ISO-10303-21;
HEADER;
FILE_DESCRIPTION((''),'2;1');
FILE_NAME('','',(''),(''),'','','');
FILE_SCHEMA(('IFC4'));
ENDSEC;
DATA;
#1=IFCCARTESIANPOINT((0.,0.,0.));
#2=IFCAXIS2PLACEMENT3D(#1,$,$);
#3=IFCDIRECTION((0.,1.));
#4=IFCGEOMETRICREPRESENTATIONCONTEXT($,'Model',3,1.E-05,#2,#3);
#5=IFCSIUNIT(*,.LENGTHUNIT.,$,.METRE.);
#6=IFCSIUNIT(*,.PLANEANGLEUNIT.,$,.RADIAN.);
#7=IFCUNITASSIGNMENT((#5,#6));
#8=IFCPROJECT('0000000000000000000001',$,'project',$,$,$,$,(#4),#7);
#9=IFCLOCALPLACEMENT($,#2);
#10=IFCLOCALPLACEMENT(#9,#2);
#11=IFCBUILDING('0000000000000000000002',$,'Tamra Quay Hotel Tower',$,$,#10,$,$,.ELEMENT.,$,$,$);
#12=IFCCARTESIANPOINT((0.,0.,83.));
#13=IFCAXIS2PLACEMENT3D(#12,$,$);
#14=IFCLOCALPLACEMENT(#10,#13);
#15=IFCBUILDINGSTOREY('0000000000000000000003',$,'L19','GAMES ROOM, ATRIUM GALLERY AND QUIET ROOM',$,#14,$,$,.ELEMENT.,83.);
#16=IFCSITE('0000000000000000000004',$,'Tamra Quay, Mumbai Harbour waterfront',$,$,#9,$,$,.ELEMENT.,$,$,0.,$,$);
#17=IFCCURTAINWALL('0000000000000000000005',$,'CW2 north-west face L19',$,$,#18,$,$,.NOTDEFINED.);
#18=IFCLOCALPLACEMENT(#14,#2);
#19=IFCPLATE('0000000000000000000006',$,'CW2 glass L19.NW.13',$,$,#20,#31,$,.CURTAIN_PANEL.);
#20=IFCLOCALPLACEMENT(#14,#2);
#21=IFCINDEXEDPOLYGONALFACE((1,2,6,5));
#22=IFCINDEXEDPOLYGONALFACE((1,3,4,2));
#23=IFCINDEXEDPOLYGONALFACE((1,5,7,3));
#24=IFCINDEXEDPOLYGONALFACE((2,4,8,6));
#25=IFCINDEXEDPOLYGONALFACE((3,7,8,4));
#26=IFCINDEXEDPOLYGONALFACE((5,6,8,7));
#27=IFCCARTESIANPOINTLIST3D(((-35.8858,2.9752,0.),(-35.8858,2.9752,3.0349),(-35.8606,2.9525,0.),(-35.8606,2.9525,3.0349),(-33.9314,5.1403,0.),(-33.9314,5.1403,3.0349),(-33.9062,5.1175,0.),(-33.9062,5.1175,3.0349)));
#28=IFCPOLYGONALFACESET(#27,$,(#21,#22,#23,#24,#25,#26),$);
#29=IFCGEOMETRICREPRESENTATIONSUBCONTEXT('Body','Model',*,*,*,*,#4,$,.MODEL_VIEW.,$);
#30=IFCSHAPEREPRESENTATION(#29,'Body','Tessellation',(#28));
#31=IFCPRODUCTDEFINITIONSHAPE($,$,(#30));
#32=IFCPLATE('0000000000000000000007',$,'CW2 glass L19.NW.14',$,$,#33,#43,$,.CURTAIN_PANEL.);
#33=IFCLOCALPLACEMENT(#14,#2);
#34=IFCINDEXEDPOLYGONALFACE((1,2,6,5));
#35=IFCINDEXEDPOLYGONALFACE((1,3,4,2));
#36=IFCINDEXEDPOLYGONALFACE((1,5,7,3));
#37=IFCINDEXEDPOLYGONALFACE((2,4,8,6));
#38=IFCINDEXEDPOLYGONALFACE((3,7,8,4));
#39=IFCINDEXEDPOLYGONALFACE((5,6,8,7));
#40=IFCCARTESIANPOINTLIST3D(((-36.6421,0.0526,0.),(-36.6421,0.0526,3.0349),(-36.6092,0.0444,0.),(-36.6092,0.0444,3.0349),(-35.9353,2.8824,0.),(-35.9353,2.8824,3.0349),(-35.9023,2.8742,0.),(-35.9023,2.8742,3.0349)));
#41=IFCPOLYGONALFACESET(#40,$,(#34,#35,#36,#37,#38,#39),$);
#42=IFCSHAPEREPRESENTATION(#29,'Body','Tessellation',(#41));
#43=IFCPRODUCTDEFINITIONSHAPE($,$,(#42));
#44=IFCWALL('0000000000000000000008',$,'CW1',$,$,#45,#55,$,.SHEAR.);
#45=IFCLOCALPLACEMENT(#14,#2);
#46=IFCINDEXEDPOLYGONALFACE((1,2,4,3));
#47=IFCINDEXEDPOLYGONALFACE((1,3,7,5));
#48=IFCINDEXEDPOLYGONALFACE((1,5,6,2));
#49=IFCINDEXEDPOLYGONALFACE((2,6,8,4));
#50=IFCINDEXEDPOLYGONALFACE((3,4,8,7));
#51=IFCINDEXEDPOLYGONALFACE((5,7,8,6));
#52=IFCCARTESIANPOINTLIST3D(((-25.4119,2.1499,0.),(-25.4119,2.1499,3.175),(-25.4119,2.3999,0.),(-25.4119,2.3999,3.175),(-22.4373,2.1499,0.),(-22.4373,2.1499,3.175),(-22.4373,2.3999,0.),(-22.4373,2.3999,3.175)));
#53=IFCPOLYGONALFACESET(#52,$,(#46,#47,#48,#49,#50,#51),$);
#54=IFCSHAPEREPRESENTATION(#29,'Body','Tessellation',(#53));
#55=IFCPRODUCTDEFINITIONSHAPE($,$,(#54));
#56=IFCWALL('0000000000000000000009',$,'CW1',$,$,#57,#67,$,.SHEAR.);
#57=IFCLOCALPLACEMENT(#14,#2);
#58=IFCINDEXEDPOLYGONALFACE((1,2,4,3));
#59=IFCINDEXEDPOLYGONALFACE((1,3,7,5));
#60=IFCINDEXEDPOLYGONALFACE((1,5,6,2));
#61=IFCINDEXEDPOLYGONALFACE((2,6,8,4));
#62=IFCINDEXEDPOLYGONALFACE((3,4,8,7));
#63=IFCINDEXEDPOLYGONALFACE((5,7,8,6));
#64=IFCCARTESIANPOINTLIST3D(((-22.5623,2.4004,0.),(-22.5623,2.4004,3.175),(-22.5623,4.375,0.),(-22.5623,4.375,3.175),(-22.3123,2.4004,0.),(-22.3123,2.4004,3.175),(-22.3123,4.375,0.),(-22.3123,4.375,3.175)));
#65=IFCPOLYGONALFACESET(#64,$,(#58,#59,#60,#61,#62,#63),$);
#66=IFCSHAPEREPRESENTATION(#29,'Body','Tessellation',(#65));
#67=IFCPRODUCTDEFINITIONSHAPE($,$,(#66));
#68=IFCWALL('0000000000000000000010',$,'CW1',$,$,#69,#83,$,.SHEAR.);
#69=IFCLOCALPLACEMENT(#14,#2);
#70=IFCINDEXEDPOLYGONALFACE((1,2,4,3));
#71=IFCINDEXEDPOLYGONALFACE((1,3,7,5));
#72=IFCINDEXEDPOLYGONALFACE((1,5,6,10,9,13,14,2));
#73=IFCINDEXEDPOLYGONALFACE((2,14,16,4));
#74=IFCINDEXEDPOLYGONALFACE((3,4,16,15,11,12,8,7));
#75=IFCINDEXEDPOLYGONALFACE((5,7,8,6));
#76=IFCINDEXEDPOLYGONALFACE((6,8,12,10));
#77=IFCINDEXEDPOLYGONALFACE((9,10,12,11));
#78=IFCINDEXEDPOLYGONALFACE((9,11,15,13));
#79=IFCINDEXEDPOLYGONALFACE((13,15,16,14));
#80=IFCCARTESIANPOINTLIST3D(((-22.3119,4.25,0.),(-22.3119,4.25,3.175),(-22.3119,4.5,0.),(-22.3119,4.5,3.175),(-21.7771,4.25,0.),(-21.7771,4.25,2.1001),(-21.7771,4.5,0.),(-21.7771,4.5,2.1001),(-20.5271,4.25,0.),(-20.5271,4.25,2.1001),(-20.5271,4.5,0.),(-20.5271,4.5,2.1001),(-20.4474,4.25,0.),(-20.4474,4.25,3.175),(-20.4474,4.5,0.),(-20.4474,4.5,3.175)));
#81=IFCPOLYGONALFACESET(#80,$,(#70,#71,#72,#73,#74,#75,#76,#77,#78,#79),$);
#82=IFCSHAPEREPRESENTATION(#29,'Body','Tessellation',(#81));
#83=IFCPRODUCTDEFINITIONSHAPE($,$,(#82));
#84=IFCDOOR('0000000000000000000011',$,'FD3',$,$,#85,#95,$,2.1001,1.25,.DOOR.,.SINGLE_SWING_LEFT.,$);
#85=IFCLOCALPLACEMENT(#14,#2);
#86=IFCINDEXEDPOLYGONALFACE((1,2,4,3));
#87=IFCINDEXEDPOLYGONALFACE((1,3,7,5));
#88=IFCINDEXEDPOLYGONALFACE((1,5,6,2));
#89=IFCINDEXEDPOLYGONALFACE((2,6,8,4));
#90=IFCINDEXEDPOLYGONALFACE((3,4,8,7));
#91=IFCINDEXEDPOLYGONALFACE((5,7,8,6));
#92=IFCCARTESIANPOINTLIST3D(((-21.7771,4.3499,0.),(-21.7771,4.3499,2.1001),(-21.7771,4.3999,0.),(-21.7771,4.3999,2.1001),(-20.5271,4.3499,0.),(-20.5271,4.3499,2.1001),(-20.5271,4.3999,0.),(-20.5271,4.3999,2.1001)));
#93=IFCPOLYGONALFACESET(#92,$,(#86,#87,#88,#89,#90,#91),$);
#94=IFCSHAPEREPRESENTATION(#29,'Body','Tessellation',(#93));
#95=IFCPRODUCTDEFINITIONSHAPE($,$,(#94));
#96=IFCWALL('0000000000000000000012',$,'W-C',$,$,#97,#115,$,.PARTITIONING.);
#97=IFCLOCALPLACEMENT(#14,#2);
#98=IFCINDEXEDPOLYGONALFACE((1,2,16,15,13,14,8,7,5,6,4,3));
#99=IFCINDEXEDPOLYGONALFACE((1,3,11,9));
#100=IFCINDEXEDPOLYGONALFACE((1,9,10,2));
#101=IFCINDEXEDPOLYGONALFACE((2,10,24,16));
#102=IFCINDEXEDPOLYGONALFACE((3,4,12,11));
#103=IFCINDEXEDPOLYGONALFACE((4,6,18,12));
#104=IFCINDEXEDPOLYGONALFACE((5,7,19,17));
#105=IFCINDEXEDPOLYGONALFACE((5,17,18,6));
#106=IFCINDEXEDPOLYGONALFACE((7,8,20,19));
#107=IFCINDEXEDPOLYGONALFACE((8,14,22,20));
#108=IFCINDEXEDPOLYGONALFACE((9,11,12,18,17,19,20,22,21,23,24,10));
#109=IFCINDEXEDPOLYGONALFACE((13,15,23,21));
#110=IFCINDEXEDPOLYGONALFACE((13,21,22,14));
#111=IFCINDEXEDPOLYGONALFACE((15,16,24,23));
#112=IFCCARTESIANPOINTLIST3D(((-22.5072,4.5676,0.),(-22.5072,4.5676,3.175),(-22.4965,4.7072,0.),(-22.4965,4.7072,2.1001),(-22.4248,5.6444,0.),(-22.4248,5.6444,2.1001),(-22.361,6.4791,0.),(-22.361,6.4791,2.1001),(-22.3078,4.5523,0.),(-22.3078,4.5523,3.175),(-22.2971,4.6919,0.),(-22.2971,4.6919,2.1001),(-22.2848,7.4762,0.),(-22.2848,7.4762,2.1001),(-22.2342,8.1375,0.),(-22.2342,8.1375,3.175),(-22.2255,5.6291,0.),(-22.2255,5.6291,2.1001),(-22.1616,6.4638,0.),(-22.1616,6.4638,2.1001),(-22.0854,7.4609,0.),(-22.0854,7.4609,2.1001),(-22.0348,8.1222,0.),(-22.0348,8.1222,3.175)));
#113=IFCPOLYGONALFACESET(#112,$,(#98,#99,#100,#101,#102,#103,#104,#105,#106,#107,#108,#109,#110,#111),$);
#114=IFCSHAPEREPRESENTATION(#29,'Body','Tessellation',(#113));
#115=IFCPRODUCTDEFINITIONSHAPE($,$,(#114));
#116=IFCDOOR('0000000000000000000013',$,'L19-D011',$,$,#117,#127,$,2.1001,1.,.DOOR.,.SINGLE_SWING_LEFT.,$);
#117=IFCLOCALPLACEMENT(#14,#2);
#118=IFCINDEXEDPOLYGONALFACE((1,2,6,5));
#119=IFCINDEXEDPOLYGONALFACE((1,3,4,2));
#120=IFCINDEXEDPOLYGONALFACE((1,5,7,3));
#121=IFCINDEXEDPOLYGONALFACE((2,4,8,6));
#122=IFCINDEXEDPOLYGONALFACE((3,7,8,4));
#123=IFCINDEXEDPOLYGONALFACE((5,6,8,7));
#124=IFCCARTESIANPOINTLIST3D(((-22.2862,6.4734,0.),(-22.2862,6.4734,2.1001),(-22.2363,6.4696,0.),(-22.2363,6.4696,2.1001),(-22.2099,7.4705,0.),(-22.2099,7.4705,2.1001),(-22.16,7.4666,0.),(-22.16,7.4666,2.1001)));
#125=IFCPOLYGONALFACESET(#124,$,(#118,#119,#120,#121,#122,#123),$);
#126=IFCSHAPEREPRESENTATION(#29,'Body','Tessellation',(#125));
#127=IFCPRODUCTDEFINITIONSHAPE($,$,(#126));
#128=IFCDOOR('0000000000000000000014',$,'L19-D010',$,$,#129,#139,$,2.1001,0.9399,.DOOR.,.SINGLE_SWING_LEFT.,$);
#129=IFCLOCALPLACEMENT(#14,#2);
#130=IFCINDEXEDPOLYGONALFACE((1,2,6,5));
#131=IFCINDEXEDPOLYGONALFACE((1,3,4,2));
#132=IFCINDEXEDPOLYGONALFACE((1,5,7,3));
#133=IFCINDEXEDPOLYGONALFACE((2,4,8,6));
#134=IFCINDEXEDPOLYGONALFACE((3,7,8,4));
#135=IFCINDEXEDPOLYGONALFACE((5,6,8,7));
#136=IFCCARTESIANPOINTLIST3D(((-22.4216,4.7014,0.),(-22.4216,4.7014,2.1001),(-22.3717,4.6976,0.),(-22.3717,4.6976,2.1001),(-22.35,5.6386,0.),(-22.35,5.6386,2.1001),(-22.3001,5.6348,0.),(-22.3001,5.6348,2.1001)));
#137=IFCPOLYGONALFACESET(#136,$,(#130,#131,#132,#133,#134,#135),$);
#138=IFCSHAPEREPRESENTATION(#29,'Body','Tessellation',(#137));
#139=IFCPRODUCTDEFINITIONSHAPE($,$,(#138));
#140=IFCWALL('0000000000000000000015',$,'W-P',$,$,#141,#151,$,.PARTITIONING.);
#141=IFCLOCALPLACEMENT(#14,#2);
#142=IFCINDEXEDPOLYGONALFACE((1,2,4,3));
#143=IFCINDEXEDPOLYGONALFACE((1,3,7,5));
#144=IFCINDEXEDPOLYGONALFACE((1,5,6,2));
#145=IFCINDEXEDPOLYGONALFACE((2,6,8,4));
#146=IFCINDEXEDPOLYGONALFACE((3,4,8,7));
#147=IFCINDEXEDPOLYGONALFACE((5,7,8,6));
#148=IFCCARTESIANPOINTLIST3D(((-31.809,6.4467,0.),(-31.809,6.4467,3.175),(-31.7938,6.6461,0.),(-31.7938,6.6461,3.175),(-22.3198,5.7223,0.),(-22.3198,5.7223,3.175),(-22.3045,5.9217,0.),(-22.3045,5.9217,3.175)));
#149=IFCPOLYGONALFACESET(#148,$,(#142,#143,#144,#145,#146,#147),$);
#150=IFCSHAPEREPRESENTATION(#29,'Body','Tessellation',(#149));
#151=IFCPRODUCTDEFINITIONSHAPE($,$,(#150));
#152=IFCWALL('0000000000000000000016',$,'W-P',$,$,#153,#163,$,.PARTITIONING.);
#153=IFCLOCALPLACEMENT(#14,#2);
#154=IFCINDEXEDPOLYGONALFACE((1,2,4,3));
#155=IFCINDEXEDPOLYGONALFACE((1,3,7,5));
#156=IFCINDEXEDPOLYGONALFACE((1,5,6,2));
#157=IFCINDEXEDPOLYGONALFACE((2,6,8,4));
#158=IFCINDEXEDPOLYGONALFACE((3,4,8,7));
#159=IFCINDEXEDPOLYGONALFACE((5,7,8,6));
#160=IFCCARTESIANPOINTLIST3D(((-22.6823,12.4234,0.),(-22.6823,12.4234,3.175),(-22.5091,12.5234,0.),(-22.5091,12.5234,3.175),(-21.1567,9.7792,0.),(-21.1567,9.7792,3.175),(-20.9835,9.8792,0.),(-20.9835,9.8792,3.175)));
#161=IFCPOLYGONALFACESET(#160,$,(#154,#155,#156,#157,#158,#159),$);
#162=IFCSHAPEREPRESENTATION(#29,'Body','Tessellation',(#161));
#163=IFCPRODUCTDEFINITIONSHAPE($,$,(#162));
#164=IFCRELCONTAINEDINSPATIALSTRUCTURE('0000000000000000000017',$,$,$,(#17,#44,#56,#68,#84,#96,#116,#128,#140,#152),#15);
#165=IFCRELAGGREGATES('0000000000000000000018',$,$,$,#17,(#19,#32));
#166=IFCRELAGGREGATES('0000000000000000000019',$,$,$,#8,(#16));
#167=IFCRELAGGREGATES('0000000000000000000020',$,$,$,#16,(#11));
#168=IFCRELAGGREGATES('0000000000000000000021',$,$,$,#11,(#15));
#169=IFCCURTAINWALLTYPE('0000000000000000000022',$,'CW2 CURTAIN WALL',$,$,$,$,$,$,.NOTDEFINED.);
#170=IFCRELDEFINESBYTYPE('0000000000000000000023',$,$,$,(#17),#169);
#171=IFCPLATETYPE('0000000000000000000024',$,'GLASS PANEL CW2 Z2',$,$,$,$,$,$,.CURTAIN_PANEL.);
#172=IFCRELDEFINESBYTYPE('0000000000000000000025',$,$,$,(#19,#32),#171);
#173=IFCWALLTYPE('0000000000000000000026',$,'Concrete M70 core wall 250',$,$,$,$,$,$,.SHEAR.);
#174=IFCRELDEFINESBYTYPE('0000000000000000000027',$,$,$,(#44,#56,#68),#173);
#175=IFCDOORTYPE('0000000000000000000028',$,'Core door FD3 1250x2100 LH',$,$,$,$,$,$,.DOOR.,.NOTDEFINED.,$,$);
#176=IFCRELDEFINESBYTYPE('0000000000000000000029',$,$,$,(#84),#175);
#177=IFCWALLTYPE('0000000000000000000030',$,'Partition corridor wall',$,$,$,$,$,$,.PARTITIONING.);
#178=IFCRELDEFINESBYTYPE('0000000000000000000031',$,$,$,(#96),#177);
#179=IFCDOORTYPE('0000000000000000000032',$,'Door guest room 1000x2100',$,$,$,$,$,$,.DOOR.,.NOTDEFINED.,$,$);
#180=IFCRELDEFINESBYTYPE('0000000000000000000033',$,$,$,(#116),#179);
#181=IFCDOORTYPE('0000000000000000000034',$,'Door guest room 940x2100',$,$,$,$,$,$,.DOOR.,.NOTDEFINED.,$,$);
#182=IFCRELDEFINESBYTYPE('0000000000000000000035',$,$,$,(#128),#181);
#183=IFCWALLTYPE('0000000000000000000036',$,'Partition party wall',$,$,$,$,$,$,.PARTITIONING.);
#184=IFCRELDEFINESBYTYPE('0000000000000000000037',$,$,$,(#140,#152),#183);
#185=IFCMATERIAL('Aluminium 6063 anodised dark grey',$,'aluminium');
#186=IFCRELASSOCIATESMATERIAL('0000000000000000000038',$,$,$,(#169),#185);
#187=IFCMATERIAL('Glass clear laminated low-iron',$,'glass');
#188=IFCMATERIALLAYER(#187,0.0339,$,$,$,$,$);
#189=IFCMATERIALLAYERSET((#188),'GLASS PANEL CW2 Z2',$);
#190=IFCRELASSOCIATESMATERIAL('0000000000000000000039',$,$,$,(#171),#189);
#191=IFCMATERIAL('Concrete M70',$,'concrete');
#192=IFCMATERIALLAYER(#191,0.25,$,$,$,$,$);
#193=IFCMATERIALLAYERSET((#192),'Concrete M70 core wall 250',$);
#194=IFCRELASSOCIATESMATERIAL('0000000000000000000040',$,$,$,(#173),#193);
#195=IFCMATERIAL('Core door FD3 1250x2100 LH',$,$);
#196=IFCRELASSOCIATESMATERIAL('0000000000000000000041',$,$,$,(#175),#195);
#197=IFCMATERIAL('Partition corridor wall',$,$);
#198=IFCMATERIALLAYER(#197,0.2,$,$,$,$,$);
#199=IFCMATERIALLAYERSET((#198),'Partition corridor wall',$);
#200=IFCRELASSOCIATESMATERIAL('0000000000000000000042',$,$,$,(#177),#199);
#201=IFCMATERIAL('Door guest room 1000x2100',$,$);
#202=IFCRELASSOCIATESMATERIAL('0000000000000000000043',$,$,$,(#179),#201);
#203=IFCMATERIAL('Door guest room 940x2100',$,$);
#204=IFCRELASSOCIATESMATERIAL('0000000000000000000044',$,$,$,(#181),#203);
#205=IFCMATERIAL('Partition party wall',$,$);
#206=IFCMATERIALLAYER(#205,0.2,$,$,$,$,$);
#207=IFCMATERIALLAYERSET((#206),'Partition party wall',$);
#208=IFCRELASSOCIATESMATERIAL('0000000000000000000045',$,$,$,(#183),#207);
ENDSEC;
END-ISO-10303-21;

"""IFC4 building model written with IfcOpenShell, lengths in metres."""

from ifc_helpers import new_model, si_unit, direction, frame, frame_2d, origin, origin_2d, place, context, subcontext, project, spatial, rectangle, extrude, material, layer, layer_set, type_object, element, fill, aggregate, save


model = new_model("IFC4")

# Units and contexts
model_context = context("Model", 3, precision=1e-05, world=origin(), true_north=direction((0.0, 1.0)))
body_context = subcontext(model_context, "Body", "Model", "MODEL_VIEW")
ifc_project = project(units=[si_unit("LENGTHUNIT", "METRE"), si_unit("PLANEANGLEUNIT", "RADIAN")], contexts=[model_context])

# Site, building, storey
site_placement = place(None, origin())
site = spatial("IfcSite", under=ifc_project, at=site_placement, Name="Tamra Quay, Mumbai Harbour waterfront", CompositionType="ELEMENT", RefElevation=0.0)
building_placement = place(site_placement, origin())
building = spatial("IfcBuilding", under=site, at=building_placement, Name="Tamra Quay Hotel Tower", CompositionType="ELEMENT")
storey_placement = place(building_placement, frame((0.0, 0.0, 83.0)))
storey = spatial("IfcBuildingStorey", under=building, at=storey_placement, Name="L19", Description="GAMES ROOM, ATRIUM GALLERY AND QUIET ROOM", CompositionType="ELEMENT", Elevation=83.0)

# Shared definitions
ifc_material_1 = material(Name="Concrete M70", Category="concrete")

# Curtain wall
ifc_material_2 = material(Name="Aluminium 6063 anodised dark grey", Category="aluminium")
curtain_wall_type = type_object("IfcCurtainWallType", Name="CW2 CURTAIN WALL", PredefinedType="NOTDEFINED", material=ifc_material_2)
curtain_wall_placement = place(storey_placement, origin())
curtain_wall = element("IfcCurtainWall", 1, at=curtain_wall_placement, inside=storey, type_object=curtain_wall_type, Name="CW2 north-west face L19", PredefinedType="NOTDEFINED")

# Plates
ifc_material_3 = material(Name="Glass clear laminated low-iron", Category="glass")
ifc_layer_1 = layer(ifc_material_3, 0.0339)
ifc_layer_set_1 = layer_set([ifc_layer_1], Name="GLASS PANEL CW2 Z2")
plate_type = type_object("IfcPlateType", Name="GLASS PANEL CW2 Z2", PredefinedType="CURTAIN_PANEL", material=ifc_layer_set_1)
plate_1_placement = place(storey_placement, frame((-34.896, 4.0464, 0.0), z_axis=(0.0, 0.0, 1.0), x_axis=(-0.670088, -0.742282, 0.0)))
plate_1 = element("IfcPlate", 2, at=plate_1_placement, type_object=plate_type, Name="CW2 glass L19.NW.13", PredefinedType="CURTAIN_PANEL", context=body_context, shape_type="SweptSolid", body=[
    extrude(rectangle(XDim=2.9167, YDim=0.0339, at=origin_2d()), origin(), (0.0, 0.0, 1.0), 3.0349),
])
plate_2_placement = place(storey_placement, frame((-36.2722, 1.4634, 0.0), z_axis=(0.0, 0.0, 1.0), x_axis=(-0.242339, -0.970192, 0.0)))
plate_2 = element("IfcPlate", 3, at=plate_2_placement, type_object=plate_type, Name="CW2 glass L19.NW.14", PredefinedType="CURTAIN_PANEL", context=body_context, shape_type="SweptSolid", body=[
    extrude(rectangle(XDim=2.9167, YDim=0.0339, at=origin_2d()), origin(), (0.0, 0.0, 1.0), 3.0349),
])
aggregate(curtain_wall, [plate_1, plate_2])

# Walls
ifc_layer_2 = layer(ifc_material_1, 0.25)
ifc_layer_set_2 = layer_set([ifc_layer_2], Name="Concrete M70 core wall 250")
wall_type_1 = type_object("IfcWallType", Name="Concrete M70 core wall 250", PredefinedType="SHEAR", material=ifc_layer_set_2)
wall_1_placement = place(storey_placement, frame((-25.4119, 2.2749, 0.0), z_axis=(0.0, 0.0, 1.0), x_axis=(1.0, 0.0, 0.0)))
element("IfcWall", 4, at=wall_1_placement, inside=storey, type_object=wall_type_1, Name="CW1", PredefinedType="SHEAR", context=body_context, shape_type="SweptSolid", body=[
    extrude(rectangle(XDim=2.9746, YDim=0.25, at=frame_2d((1.4873, 0.0))), origin(), (0.0, 0.0, 1.0), 3.175),
])
wall_2_placement = place(storey_placement, frame((-22.4373, 2.4004, 0.0), z_axis=(0.0, 0.0, 1.0), x_axis=(0.0, 1.0, 0.0)))
element("IfcWall", 5, at=wall_2_placement, inside=storey, type_object=wall_type_1, Name="CW1", PredefinedType="SHEAR", context=body_context, shape_type="SweptSolid", body=[
    extrude(rectangle(XDim=1.9746, YDim=0.25, at=frame_2d((0.9873, 0.0))), origin(), (0.0, 0.0, 1.0), 3.175),
])

# Wall, opening, door
wall_3_placement = place(storey_placement, frame((-22.3118, 4.375, 0.0), z_axis=(0.0, 0.0, 1.0), x_axis=(1.0, 0.0, 0.0)))
wall_3 = element("IfcWall", 6, at=wall_3_placement, inside=storey, type_object=wall_type_1, Name="CW1", PredefinedType="SHEAR", context=body_context, shape_type="SweptSolid", body=[
    extrude(rectangle(XDim=1.8645, YDim=0.25, at=frame_2d((0.9321, 0.0))), origin(), (0.0, 0.0, 1.0), 3.175),
])
opening_1_placement = place(wall_3_placement, frame((0.5347, 0.0, 0.0)))
opening_1 = element("IfcOpeningElement", 7, at=opening_1_placement, cuts=wall_3, PredefinedType="OPENING", context=body_context, shape_type="SweptSolid", body=[
    extrude(rectangle(XDim=1.25, YDim=2.1001, at=frame_2d((0.625, 1.05))), frame((0.0, 0.135, 0.0), z_axis=(0.0, -1.0, 0.0), x_axis=(1.0, 0.0, 0.0)), (0.0, 0.0, 1.0), 0.27),
])
ifc_material_4 = material(Name="Core door FD3 1250x2100 LH")
door_type_1 = type_object("IfcDoorType", Name="Core door FD3 1250x2100 LH", OperationType="NOTDEFINED", PredefinedType="DOOR", material=ifc_material_4)
door_1_placement = place(opening_1_placement, origin())
door_1 = element("IfcDoor", 8, at=door_1_placement, inside=storey, type_object=door_type_1, Name="FD3", OperationType="SINGLE_SWING_LEFT", OverallHeight=2.1001, OverallWidth=1.25, PredefinedType="DOOR", context=body_context, shape_type="SweptSolid", body=[
    extrude(rectangle(XDim=1.25, YDim=2.1001, at=frame_2d((0.625, 1.05))), frame((0.0, 0.0249, 0.0), z_axis=(0.0, -1.0, 0.0), x_axis=(1.0, 0.0, 0.0)), (0.0, 0.0, 1.0), 0.05),
])
fill(opening_1, door_1)

# Wall, openings, doors
ifc_material_5 = material(Name="Partition corridor wall")
ifc_layer_3 = layer(ifc_material_5, 0.2)
ifc_layer_set_3 = layer_set([ifc_layer_3], Name="Partition corridor wall")
wall_type_2 = type_object("IfcWallType", Name="Partition corridor wall", PredefinedType="PARTITIONING", material=ifc_layer_set_3)
wall_4_placement = place(storey_placement, frame((-22.4075, 4.5601, 0.0), z_axis=(0.0, 0.0, 1.0), x_axis=(0.076238, 0.99709, 0.0)))
wall_4 = element("IfcWall", 9, at=wall_4_placement, inside=storey, type_object=wall_type_2, Name="W-C", PredefinedType="PARTITIONING", context=body_context, shape_type="SweptSolid", body=[
    extrude(rectangle(XDim=3.5803, YDim=0.2, at=frame_2d((1.79, 0.0))), origin(), (0.0, 0.0, 1.0), 3.175),
])
opening_2_placement = place(wall_4_placement, frame((0.1399, 0.0, 0.0)))
opening_2 = element("IfcOpeningElement", 10, at=opening_2_placement, cuts=wall_4, PredefinedType="OPENING", context=body_context, shape_type="SweptSolid", body=[
    extrude(rectangle(XDim=0.9399, YDim=2.1001, at=frame_2d((0.47, 1.05))), frame((0.0, 0.1099, 0.0), z_axis=(0.0, -1.0, 0.0), x_axis=(1.0, 0.0, 0.0)), (0.0, 0.0, 1.0), 0.22),
])
opening_3_placement = place(wall_4_placement, frame((1.917, 0.0, 0.0)))
opening_3 = element("IfcOpeningElement", 11, at=opening_3_placement, cuts=wall_4, PredefinedType="OPENING", context=body_context, shape_type="SweptSolid", body=[
    extrude(rectangle(XDim=1.0, YDim=2.1001, at=frame_2d((0.5, 1.05))), frame((0.0, 0.1099, 0.0), z_axis=(0.0, -1.0, 0.0), x_axis=(1.0, 0.0, 0.0)), (0.0, 0.0, 1.0), 0.22),
])
ifc_material_6 = material(Name="Door guest room 1000x2100")
door_type_2 = type_object("IfcDoorType", Name="Door guest room 1000x2100", OperationType="NOTDEFINED", PredefinedType="DOOR", material=ifc_material_6)
door_2_placement = place(opening_3_placement, origin())
door_2 = element("IfcDoor", 12, at=door_2_placement, inside=storey, type_object=door_type_2, Name="L19-D011", OperationType="SINGLE_SWING_LEFT", OverallHeight=2.1001, OverallWidth=1.0, PredefinedType="DOOR", context=body_context, shape_type="SweptSolid", body=[
    extrude(rectangle(XDim=1.0, YDim=2.1001, at=frame_2d((0.5, 1.05))), frame((0.0, 0.0249, 0.0), z_axis=(0.0, -1.0, 0.0), x_axis=(1.0, 0.0, 0.0)), (0.0, 0.0, 1.0), 0.05),
])
fill(opening_3, door_2)
ifc_material_7 = material(Name="Door guest room 940x2100")
door_type_3 = type_object("IfcDoorType", Name="Door guest room 940x2100", OperationType="NOTDEFINED", PredefinedType="DOOR", material=ifc_material_7)
door_3_placement = place(opening_2_placement, origin())
door_3 = element("IfcDoor", 13, at=door_3_placement, inside=storey, type_object=door_type_3, Name="L19-D010", OperationType="SINGLE_SWING_LEFT", OverallHeight=2.1001, OverallWidth=0.9399, PredefinedType="DOOR", context=body_context, shape_type="SweptSolid", body=[
    extrude(rectangle(XDim=0.9399, YDim=2.1001, at=frame_2d((0.47, 1.05))), frame((0.0, 0.0249, 0.0), z_axis=(0.0, -1.0, 0.0), x_axis=(1.0, 0.0, 0.0)), (0.0, 0.0, 1.0), 0.05),
])
fill(opening_2, door_3)

# Walls
ifc_material_8 = material(Name="Partition party wall")
ifc_layer_4 = layer(ifc_material_8, 0.2)
ifc_layer_set_4 = layer_set([ifc_layer_4], Name="Partition party wall")
wall_type_3 = type_object("IfcWallType", Name="Partition party wall", PredefinedType="PARTITIONING", material=ifc_layer_set_4)
wall_5_placement = place(storey_placement, frame((-31.8013, 6.5464, 0.0), z_axis=(0.0, 0.0, 1.0), x_axis=(0.997099, -0.076114, 0.0)))
element("IfcWall", 14, at=wall_5_placement, inside=storey, type_object=wall_type_3, Name="W-P", PredefinedType="PARTITIONING", context=body_context, shape_type="SweptSolid", body=[
    extrude(rectangle(XDim=9.5168, YDim=0.2, at=frame_2d((4.7583, 0.0))), origin(), (0.0, 0.0, 1.0), 3.175),
])
wall_6_placement = place(storey_placement, frame((-22.5957, 12.4734, 0.0), z_axis=(0.0, 0.0, 1.0), x_axis=(0.499743, -0.866174, 0.0)))
element("IfcWall", 15, at=wall_6_placement, inside=storey, type_object=wall_type_3, Name="W-P", PredefinedType="PARTITIONING", context=body_context, shape_type="SweptSolid", body=[
    extrude(rectangle(XDim=3.0527, YDim=0.2, at=frame_2d((1.5264, 0.0))), origin(), (0.0, 0.0, 1.0), 3.175),
])

save(model, "model.ifc")
